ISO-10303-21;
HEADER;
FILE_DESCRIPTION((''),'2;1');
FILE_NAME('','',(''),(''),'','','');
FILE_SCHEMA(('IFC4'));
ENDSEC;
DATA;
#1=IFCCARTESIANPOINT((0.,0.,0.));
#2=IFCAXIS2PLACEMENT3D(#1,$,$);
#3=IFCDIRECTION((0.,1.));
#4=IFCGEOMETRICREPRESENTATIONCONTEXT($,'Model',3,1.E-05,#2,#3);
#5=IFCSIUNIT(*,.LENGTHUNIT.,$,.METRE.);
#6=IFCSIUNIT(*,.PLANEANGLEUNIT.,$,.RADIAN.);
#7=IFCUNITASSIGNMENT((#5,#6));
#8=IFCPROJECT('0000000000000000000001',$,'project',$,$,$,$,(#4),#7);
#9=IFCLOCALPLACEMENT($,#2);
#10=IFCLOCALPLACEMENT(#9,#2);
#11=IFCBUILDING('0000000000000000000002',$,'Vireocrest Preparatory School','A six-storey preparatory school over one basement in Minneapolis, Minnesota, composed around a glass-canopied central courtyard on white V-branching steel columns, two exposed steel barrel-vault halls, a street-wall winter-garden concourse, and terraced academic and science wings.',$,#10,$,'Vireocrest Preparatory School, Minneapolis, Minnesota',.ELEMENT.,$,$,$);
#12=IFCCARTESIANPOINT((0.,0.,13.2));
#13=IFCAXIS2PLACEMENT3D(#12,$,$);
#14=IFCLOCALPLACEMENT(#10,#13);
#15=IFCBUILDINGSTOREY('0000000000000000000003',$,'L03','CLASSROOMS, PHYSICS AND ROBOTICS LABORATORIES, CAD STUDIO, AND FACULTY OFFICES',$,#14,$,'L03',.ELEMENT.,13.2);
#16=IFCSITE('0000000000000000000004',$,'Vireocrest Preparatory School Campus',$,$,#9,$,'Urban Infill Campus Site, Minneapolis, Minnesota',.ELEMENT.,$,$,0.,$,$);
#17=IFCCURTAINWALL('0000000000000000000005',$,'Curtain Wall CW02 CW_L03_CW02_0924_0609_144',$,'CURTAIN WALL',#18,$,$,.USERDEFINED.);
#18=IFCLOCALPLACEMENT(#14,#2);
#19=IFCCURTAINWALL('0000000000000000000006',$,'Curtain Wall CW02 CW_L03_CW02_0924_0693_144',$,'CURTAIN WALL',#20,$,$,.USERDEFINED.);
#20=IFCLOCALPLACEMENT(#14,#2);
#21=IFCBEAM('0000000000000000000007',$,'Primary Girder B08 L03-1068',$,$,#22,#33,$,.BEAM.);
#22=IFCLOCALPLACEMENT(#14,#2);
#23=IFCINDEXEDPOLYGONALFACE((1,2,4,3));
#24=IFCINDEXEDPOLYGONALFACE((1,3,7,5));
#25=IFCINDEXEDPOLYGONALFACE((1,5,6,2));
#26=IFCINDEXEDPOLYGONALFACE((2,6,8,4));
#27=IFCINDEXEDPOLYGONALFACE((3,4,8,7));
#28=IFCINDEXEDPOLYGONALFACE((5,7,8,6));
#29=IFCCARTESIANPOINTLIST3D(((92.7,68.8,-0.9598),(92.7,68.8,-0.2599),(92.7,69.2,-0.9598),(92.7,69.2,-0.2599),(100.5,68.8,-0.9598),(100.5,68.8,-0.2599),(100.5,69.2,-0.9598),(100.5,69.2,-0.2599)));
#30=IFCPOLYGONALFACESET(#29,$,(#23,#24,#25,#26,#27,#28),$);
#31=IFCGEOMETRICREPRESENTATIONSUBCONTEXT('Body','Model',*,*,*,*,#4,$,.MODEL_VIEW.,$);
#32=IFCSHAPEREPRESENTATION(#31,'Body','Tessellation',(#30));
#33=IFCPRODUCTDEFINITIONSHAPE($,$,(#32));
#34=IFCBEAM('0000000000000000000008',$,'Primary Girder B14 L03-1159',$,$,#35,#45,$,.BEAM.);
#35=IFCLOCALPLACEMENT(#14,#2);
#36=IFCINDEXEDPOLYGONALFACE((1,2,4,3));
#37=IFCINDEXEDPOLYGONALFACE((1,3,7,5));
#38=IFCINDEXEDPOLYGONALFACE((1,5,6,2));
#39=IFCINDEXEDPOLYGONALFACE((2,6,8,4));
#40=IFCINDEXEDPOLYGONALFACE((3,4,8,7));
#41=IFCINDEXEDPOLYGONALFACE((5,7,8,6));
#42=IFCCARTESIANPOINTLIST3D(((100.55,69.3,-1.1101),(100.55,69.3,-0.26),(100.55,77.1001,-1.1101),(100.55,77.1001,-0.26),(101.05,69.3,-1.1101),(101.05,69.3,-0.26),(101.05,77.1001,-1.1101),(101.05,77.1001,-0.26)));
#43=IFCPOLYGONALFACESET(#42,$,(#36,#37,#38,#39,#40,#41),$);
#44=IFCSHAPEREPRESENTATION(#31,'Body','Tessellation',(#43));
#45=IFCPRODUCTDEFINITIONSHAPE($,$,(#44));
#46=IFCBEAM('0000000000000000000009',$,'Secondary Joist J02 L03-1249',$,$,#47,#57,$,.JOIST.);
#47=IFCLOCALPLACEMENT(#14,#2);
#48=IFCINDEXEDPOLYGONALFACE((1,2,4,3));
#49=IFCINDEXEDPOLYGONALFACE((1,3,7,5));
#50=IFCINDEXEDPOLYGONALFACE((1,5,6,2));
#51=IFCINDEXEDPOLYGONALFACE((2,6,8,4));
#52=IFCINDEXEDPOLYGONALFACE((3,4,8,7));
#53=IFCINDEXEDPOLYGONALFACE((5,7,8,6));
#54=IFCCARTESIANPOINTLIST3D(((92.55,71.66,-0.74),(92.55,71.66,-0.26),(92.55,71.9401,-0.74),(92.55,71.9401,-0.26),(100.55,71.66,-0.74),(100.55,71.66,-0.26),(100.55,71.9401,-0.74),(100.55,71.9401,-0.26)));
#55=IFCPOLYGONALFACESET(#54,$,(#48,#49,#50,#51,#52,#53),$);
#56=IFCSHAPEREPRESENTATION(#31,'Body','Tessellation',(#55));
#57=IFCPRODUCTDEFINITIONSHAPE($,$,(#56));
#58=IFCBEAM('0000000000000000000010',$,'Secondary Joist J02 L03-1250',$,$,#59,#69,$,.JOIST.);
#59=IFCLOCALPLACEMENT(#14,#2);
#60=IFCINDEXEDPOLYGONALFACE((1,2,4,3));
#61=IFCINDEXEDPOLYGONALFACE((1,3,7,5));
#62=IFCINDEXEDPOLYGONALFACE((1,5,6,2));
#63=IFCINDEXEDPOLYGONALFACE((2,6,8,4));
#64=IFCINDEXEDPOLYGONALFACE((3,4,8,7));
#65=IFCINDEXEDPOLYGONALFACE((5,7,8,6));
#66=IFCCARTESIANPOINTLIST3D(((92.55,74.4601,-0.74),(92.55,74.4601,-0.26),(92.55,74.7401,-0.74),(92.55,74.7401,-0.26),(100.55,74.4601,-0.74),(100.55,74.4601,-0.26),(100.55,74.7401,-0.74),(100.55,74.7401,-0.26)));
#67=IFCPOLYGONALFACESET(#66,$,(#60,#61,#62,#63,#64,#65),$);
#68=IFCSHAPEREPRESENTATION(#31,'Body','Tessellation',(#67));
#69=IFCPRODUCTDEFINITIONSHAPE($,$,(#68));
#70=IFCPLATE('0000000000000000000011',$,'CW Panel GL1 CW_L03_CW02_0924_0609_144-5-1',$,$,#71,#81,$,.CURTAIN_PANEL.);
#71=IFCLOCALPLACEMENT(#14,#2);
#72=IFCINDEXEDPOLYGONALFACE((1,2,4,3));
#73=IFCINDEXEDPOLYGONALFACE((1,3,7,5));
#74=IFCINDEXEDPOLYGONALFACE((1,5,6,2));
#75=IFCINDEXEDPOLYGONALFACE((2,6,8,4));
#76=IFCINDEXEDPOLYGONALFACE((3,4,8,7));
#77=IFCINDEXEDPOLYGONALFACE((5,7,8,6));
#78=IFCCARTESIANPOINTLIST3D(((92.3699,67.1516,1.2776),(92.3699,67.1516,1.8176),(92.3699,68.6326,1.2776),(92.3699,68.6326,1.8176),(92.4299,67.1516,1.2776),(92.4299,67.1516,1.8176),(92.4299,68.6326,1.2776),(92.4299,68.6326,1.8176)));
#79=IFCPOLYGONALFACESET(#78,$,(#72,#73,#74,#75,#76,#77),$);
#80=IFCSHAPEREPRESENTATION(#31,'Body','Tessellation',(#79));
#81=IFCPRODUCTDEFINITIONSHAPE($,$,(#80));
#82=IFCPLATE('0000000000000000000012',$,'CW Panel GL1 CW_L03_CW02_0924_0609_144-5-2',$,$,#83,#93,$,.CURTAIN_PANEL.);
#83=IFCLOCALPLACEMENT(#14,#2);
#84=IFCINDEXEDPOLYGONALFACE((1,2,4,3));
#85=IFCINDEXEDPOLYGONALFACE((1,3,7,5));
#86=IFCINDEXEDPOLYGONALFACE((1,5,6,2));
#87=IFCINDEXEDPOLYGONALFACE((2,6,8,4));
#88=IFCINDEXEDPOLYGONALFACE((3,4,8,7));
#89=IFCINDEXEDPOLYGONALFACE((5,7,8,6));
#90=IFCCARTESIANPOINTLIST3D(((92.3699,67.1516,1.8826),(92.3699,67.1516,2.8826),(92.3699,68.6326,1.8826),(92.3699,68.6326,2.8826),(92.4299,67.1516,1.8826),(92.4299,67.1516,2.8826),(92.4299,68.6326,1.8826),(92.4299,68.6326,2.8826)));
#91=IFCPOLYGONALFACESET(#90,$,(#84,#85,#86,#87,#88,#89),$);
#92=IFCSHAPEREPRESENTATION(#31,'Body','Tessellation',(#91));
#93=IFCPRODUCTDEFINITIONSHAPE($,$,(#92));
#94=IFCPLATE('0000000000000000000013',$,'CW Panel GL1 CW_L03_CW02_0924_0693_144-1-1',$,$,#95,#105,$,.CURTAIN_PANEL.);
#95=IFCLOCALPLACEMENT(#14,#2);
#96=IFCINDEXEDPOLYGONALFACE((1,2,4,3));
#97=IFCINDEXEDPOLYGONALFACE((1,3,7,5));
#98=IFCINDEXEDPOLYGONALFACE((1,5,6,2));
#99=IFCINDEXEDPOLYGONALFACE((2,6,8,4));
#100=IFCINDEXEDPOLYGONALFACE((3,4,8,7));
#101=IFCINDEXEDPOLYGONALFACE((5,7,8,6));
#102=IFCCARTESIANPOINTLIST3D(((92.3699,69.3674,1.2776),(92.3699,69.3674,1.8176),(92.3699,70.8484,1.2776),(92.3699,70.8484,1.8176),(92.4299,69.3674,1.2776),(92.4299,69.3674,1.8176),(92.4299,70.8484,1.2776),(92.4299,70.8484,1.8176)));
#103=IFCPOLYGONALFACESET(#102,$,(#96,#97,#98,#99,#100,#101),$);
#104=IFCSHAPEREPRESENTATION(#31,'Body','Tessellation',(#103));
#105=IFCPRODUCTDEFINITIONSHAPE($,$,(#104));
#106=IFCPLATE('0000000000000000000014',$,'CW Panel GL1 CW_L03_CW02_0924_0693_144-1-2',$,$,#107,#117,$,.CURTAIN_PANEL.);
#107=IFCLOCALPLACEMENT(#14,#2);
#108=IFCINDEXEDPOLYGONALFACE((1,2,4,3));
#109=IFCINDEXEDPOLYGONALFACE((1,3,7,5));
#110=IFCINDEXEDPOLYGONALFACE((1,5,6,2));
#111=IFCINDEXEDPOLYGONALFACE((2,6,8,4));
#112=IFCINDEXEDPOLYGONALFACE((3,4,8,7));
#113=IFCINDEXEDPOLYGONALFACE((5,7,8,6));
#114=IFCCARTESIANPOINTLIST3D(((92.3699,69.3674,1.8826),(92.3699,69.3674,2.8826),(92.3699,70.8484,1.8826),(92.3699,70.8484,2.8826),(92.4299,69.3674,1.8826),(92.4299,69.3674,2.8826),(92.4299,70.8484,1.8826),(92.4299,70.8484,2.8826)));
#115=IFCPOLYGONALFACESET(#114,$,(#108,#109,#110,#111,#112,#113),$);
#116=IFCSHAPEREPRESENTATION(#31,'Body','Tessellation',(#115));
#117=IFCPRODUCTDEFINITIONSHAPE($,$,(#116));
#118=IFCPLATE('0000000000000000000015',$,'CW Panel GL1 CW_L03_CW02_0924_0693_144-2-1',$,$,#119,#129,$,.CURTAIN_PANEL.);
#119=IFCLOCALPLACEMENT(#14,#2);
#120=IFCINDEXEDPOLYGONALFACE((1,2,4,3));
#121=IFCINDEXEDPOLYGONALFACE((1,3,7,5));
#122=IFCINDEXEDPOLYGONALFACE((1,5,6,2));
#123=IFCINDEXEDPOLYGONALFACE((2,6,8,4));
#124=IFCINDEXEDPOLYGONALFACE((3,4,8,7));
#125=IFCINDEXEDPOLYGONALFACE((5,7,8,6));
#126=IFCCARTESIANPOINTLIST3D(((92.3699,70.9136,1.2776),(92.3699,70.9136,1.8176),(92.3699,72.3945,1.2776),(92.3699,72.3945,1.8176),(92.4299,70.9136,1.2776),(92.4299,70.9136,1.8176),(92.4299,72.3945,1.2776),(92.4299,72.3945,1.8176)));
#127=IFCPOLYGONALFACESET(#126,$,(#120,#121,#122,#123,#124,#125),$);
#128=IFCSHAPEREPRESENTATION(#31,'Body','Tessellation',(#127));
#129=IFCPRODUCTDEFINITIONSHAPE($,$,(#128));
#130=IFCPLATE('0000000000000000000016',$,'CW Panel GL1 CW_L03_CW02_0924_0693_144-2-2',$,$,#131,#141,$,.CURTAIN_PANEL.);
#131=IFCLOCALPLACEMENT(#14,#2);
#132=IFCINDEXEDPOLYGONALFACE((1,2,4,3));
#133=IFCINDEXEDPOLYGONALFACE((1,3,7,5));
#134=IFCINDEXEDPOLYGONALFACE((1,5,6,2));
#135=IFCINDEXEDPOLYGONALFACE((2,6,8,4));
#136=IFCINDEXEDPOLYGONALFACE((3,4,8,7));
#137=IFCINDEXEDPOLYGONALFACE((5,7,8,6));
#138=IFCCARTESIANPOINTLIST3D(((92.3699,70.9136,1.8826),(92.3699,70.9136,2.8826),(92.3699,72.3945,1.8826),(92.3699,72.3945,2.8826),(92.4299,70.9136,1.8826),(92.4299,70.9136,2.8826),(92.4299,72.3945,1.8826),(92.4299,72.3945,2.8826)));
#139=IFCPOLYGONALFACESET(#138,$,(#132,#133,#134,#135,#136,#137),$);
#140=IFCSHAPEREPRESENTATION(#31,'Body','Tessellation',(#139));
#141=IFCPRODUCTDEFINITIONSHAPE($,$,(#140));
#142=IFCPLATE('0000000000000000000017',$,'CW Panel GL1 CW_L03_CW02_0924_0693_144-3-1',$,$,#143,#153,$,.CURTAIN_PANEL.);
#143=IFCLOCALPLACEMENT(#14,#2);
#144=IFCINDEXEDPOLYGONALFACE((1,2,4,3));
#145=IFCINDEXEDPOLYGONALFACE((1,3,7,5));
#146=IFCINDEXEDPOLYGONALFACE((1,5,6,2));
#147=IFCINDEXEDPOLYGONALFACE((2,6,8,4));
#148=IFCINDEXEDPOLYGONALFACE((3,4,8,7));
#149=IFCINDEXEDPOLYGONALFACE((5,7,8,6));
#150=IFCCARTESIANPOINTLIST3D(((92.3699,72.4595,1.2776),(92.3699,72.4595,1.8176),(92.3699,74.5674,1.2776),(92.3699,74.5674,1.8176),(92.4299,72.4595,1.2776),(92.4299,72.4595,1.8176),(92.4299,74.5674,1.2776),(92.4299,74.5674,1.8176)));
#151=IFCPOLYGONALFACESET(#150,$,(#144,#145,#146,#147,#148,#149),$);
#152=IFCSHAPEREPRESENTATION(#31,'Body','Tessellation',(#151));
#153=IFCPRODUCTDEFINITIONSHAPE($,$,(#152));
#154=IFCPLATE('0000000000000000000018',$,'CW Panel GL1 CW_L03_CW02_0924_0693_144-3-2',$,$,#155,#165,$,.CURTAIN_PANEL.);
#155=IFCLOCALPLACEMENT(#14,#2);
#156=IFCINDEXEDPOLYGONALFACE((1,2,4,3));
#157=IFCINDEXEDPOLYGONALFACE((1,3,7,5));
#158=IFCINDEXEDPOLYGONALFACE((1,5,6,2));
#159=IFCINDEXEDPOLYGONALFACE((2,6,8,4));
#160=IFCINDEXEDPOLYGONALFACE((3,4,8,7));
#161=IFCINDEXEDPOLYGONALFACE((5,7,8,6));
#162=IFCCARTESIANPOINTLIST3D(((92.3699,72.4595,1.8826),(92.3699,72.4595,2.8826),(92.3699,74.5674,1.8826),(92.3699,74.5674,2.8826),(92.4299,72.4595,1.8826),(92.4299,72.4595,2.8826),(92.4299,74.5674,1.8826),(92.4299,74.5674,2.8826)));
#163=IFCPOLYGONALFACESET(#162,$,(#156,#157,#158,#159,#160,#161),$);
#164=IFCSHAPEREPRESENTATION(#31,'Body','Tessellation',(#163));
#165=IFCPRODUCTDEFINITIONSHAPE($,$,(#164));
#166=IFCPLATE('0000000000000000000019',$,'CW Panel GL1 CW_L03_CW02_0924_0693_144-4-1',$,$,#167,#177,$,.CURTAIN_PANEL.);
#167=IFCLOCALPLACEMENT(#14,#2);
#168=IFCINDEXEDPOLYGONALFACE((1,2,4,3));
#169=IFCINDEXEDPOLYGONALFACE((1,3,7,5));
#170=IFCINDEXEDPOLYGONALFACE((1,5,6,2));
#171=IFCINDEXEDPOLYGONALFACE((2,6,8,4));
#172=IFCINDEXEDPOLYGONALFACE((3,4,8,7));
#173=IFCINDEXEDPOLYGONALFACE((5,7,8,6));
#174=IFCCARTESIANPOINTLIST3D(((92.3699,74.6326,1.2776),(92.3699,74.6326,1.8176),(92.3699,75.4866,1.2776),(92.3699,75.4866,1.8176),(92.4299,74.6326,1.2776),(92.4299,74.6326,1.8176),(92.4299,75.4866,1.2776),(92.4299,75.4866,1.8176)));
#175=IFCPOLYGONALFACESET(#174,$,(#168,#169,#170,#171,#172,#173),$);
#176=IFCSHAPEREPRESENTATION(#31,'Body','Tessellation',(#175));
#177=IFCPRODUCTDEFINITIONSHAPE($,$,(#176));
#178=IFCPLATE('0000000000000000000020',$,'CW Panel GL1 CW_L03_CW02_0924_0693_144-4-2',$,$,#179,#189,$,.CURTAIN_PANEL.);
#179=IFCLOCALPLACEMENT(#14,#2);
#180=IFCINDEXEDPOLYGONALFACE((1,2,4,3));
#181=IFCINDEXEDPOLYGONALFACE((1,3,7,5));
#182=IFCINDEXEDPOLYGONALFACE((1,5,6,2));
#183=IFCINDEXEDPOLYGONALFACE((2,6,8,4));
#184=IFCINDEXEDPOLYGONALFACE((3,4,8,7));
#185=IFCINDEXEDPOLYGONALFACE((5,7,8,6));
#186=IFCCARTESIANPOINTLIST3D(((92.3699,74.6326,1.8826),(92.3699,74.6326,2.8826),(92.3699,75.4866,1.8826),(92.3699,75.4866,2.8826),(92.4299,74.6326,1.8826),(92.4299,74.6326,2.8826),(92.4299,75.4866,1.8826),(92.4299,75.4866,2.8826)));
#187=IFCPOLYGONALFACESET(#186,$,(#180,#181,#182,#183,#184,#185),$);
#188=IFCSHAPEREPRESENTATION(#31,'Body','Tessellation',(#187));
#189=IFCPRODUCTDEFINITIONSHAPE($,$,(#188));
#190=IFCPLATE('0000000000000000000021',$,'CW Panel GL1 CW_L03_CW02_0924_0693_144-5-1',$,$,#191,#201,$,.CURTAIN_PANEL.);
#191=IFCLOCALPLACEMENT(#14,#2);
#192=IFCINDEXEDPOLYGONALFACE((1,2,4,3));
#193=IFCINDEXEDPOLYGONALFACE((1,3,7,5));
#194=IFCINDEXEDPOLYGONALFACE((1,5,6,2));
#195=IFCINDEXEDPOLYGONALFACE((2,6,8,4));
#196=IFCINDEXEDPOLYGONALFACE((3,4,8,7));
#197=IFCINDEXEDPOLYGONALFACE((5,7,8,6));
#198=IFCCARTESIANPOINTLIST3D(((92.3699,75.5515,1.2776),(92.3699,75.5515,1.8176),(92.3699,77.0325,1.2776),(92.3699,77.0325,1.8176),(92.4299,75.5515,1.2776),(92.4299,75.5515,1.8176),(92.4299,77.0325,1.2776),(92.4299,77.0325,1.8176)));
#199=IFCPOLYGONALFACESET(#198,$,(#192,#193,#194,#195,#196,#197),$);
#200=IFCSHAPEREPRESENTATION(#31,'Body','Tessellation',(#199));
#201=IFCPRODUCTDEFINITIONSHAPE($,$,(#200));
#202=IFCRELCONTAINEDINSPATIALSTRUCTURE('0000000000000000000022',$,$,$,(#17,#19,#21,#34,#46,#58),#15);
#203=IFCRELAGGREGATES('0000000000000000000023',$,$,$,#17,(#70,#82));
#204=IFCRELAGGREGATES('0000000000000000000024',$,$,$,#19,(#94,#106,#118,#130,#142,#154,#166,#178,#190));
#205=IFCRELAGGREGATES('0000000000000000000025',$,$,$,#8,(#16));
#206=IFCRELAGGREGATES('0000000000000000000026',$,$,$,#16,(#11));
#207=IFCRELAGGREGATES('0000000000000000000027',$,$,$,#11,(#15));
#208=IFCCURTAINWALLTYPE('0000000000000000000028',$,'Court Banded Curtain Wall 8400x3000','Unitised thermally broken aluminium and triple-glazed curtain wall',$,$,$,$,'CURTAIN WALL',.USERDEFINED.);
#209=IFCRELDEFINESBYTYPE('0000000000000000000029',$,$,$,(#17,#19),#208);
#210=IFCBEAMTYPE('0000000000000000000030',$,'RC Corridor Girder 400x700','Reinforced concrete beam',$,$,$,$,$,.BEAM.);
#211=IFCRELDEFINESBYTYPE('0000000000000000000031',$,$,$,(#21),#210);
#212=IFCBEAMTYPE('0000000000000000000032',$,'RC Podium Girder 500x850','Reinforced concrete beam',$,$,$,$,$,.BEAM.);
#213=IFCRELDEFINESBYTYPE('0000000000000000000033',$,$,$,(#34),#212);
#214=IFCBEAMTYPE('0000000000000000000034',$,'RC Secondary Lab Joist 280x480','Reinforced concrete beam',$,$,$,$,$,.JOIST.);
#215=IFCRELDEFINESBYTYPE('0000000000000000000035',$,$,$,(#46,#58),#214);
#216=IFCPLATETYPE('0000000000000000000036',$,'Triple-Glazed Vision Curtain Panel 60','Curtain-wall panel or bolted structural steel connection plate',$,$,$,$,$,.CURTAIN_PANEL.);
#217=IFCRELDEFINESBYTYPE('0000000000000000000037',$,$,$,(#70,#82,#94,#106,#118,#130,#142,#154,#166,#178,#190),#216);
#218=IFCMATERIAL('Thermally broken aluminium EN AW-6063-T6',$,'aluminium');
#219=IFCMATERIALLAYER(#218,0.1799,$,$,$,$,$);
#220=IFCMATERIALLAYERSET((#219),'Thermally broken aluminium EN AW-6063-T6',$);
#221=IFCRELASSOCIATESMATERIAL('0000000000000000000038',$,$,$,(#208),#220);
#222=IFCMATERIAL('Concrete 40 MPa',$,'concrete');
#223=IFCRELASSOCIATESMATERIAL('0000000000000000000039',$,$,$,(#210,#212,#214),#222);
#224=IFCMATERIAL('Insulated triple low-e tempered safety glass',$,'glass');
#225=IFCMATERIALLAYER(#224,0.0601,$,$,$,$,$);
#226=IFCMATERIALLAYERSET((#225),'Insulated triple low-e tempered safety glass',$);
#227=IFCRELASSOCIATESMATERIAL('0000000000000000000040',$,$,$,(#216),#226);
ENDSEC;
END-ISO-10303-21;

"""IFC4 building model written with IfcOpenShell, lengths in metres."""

from ifc_helpers import new_model, si_unit, direction, frame, origin, origin_2d, place, context, subcontext, project, spatial, rectangle, extrude, material, layer, layer_set, material_profile, profile_set, type_object, element, aggregate, save


model = new_model("IFC4")

# Units and contexts
model_context = context("Model", 3, precision=1e-05, world=origin(), true_north=direction((0.0, 1.0)))
body_context = subcontext(model_context, "Body", "Model", "MODEL_VIEW")
ifc_project = project(units=[si_unit("LENGTHUNIT", "METRE"), si_unit("PLANEANGLEUNIT", "RADIAN")], contexts=[model_context])

# Site, building, storey
site_placement = place(None, origin())
site = spatial("IfcSite", under=ifc_project, at=site_placement, Name="Vireocrest Preparatory School Campus", LongName="Urban Infill Campus Site, Minneapolis, Minnesota", CompositionType="ELEMENT", RefElevation=0.0)
building_placement = place(site_placement, origin())
building = spatial("IfcBuilding", under=site, at=building_placement, Name="Vireocrest Preparatory School", Description="A six-storey preparatory school over one basement in Minneapolis, Minnesota, composed around a glass-canopied central courtyard on white V-branching steel columns, two exposed steel barrel-vault halls, a street-wall winter-garden concourse, and terraced academic and science wings.", LongName="Vireocrest Preparatory School, Minneapolis, Minnesota", CompositionType="ELEMENT")
storey_placement = place(building_placement, frame((0.0, 0.0, 13.2)))
storey = spatial("IfcBuildingStorey", under=building, at=storey_placement, Name="L03", Description="CLASSROOMS, PHYSICS AND ROBOTICS LABORATORIES, CAD STUDIO, AND FACULTY OFFICES", LongName="L03", CompositionType="ELEMENT", Elevation=13.2)

# Curtain walls
ifc_material_1 = material(Name="Thermally broken aluminium EN AW-6063-T6", Category="aluminium")
ifc_layer_1 = layer(ifc_material_1, 0.1799)
ifc_layer_set_1 = layer_set([ifc_layer_1], Name="Thermally broken aluminium EN AW-6063-T6")
curtain_wall_type = type_object("IfcCurtainWallType", Name="Court Banded Curtain Wall 8400x3000", Description="Unitised thermally broken aluminium and triple-glazed curtain wall", ElementType="CURTAIN WALL", PredefinedType="USERDEFINED", material=ifc_layer_set_1)
curtain_wall_1_placement = place(storey_placement, origin())
curtain_wall_1 = element("IfcCurtainWall", 1, at=curtain_wall_1_placement, inside=storey, type_object=curtain_wall_type, Name="Curtain Wall CW02 CW_L03_CW02_0924_0609_144", ObjectType="CURTAIN WALL", PredefinedType="USERDEFINED")
curtain_wall_2_placement = place(storey_placement, origin())
curtain_wall_2 = element("IfcCurtainWall", 2, at=curtain_wall_2_placement, inside=storey, type_object=curtain_wall_type, Name="Curtain Wall CW02 CW_L03_CW02_0924_0693_144", ObjectType="CURTAIN WALL", PredefinedType="USERDEFINED")

# Beams
ifc_material_2 = material(Name="Concrete 40 MPa", Category="concrete")
ifc_material_profile_1 = material_profile(ifc_material_2, rectangle(XDim=0.3999, YDim=0.7, at=origin_2d()), Name="RC 400x700")
ifc_profile_set_1 = profile_set([ifc_material_profile_1], Name="Concrete 40 MPa")
beam_type_1 = type_object("IfcBeamType", Name="RC Corridor Girder 400x700", Description="Reinforced concrete beam", PredefinedType="BEAM", material=ifc_profile_set_1)
beam_1_placement = place(storey_placement, frame((92.7, 69.0, -0.6099), z_axis=(1.0, 0.0, 0.0), x_axis=(0.0, 1.0, 0.0)))
element("IfcBeam", 3, at=beam_1_placement, inside=storey, type_object=beam_type_1, Name="Primary Girder B08 L03-1068", PredefinedType="BEAM", context=body_context, shape_type="SweptSolid", body=[
    extrude(rectangle(XDim=0.3999, YDim=0.7, at=origin_2d()), origin(), (0.0, 0.0, 1.0), 7.8),
])
ifc_material_profile_2 = material_profile(ifc_material_2, rectangle(XDim=0.5, YDim=0.8501, at=origin_2d()), Name="RC 500x850")
ifc_profile_set_2 = profile_set([ifc_material_profile_2], Name="Concrete 40 MPa")
beam_type_2 = type_object("IfcBeamType", Name="RC Podium Girder 500x850", Description="Reinforced concrete beam", PredefinedType="BEAM", material=ifc_profile_set_2)
beam_2_placement = place(storey_placement, frame((100.8, 69.3, -0.6851), z_axis=(0.0, 1.0, 0.0), x_axis=(-1.0, 0.0, 0.0)))
element("IfcBeam", 4, at=beam_2_placement, inside=storey, type_object=beam_type_2, Name="Primary Girder B14 L03-1159", PredefinedType="BEAM", context=body_context, shape_type="SweptSolid", body=[
    extrude(rectangle(XDim=0.5, YDim=0.8501, at=origin_2d()), origin(), (0.0, 0.0, 1.0), 7.8),
])
ifc_material_profile_3 = material_profile(ifc_material_2, rectangle(XDim=0.28, YDim=0.48, at=origin_2d()), Name="RC 280x480")
ifc_profile_set_3 = profile_set([ifc_material_profile_3], Name="Concrete 40 MPa")
beam_type_3 = type_object("IfcBeamType", Name="RC Secondary Lab Joist 280x480", Description="Reinforced concrete beam", PredefinedType="JOIST", material=ifc_profile_set_3)
for number, where, z_axis, x_axis, name in (
    (5, (92.55, 71.8, -0.5), (1.0, 0.0, 0.0), (0.0, 1.0, 0.0), "Secondary Joist J02 L03-1249"),
    (6, (92.55, 74.6001, -0.5), (1.0, 0.0, 0.0), (0.0, 1.0, 0.0), "Secondary Joist J02 L03-1250"),
):
    element("IfcBeam", number, at=place(storey_placement, frame(where, z_axis=z_axis, x_axis=x_axis)), inside=storey, type_object=beam_type_3, Name=name, PredefinedType="JOIST", context=body_context, shape_type="SweptSolid", body=[
        extrude(rectangle(XDim=0.28, YDim=0.48, at=origin_2d()), origin(), (0.0, 0.0, 1.0), 8.0),
    ])

# Plates
ifc_material_3 = material(Name="Insulated triple low-e tempered safety glass", Category="glass")
ifc_layer_2 = layer(ifc_material_3, 0.0601)
ifc_layer_set_2 = layer_set([ifc_layer_2], Name="Insulated triple low-e tempered safety glass")
plate_type = type_object("IfcPlateType", Name="Triple-Glazed Vision Curtain Panel 60", Description="Curtain-wall panel or bolted structural steel connection plate", PredefinedType="CURTAIN_PANEL", material=ifc_layer_set_2)
plate_1_placement = place(storey_placement, frame((92.3999, 67.8921, 1.2776), z_axis=(0.0, 0.0, 1.0), x_axis=(0.0, 1.0, 0.0)))
plate_1 = element("IfcPlate", 7, at=plate_1_placement, type_object=plate_type, Name="CW Panel GL1 CW_L03_CW02_0924_0609_144-5-1", PredefinedType="CURTAIN_PANEL", context=body_context, shape_type="SweptSolid", body=[
    extrude(rectangle(XDim=1.481, YDim=0.0601, at=origin_2d()), origin(), (0.0, 0.0, 1.0), 0.54),
])
plate_2_placement = place(storey_placement, frame((92.3999, 67.8921, 1.8826), z_axis=(0.0, 0.0, 1.0), x_axis=(0.0, 1.0, 0.0)))
plate_2 = element("IfcPlate", 8, at=plate_2_placement, type_object=plate_type, Name="CW Panel GL1 CW_L03_CW02_0924_0609_144-5-2", PredefinedType="CURTAIN_PANEL", context=body_context, shape_type="SweptSolid", body=[
    extrude(rectangle(XDim=1.481, YDim=0.0601, at=origin_2d()), origin(), (0.0, 0.0, 1.0), 1.0),
])
aggregate(curtain_wall_1, [plate_1, plate_2])
plate_3_placement = place(storey_placement, frame((92.3999, 70.1079, 1.2776), z_axis=(0.0, 0.0, 1.0), x_axis=(0.0, 1.0, 0.0)))
plate_3 = element("IfcPlate", 9, at=plate_3_placement, type_object=plate_type, Name="CW Panel GL1 CW_L03_CW02_0924_0693_144-1-1", PredefinedType="CURTAIN_PANEL", context=body_context, shape_type="SweptSolid", body=[
    extrude(rectangle(XDim=1.481, YDim=0.0601, at=origin_2d()), origin(), (0.0, 0.0, 1.0), 0.54),
])
plate_4_placement = place(storey_placement, frame((92.3999, 70.1079, 1.8826), z_axis=(0.0, 0.0, 1.0), x_axis=(0.0, 1.0, 0.0)))
plate_4 = element("IfcPlate", 10, at=plate_4_placement, type_object=plate_type, Name="CW Panel GL1 CW_L03_CW02_0924_0693_144-1-2", PredefinedType="CURTAIN_PANEL", context=body_context, shape_type="SweptSolid", body=[
    extrude(rectangle(XDim=1.481, YDim=0.0601, at=origin_2d()), origin(), (0.0, 0.0, 1.0), 1.0),
])
plate_5_placement = place(storey_placement, frame((92.3999, 71.6541, 1.2776), z_axis=(0.0, 0.0, 1.0), x_axis=(0.0, 1.0, 0.0)))
plate_5 = element("IfcPlate", 11, at=plate_5_placement, type_object=plate_type, Name="CW Panel GL1 CW_L03_CW02_0924_0693_144-2-1", PredefinedType="CURTAIN_PANEL", context=body_context, shape_type="SweptSolid", body=[
    extrude(rectangle(XDim=1.481, YDim=0.0601, at=origin_2d()), origin(), (0.0, 0.0, 1.0), 0.54),
])
plate_6_placement = place(storey_placement, frame((92.3999, 71.6541, 1.8826), z_axis=(0.0, 0.0, 1.0), x_axis=(0.0, 1.0, 0.0)))
plate_6 = element("IfcPlate", 12, at=plate_6_placement, type_object=plate_type, Name="CW Panel GL1 CW_L03_CW02_0924_0693_144-2-2", PredefinedType="CURTAIN_PANEL", context=body_context, shape_type="SweptSolid", body=[
    extrude(rectangle(XDim=1.481, YDim=0.0601, at=origin_2d()), origin(), (0.0, 0.0, 1.0), 1.0),
])
plate_7_placement = place(storey_placement, frame((92.3999, 73.5134, 1.2776), z_axis=(0.0, 0.0, 1.0), x_axis=(0.0, 1.0, 0.0)))
plate_7 = element("IfcPlate", 13, at=plate_7_placement, type_object=plate_type, Name="CW Panel GL1 CW_L03_CW02_0924_0693_144-3-1", PredefinedType="CURTAIN_PANEL", context=body_context, shape_type="SweptSolid", body=[
    extrude(rectangle(XDim=2.1079, YDim=0.0601, at=origin_2d()), origin(), (0.0, 0.0, 1.0), 0.54),
])
plate_8_placement = place(storey_placement, frame((92.3999, 73.5134, 1.8826), z_axis=(0.0, 0.0, 1.0), x_axis=(0.0, 1.0, 0.0)))
plate_8 = element("IfcPlate", 14, at=plate_8_placement, type_object=plate_type, Name="CW Panel GL1 CW_L03_CW02_0924_0693_144-3-2", PredefinedType="CURTAIN_PANEL", context=body_context, shape_type="SweptSolid", body=[
    extrude(rectangle(XDim=2.1079, YDim=0.0601, at=origin_2d()), origin(), (0.0, 0.0, 1.0), 1.0),
])
plate_9_placement = place(storey_placement, frame((92.3999, 75.0596, 1.2776), z_axis=(0.0, 0.0, 1.0), x_axis=(0.0, 1.0, 0.0)))
plate_9 = element("IfcPlate", 15, at=plate_9_placement, type_object=plate_type, Name="CW Panel GL1 CW_L03_CW02_0924_0693_144-4-1", PredefinedType="CURTAIN_PANEL", context=body_context, shape_type="SweptSolid", body=[
    extrude(rectangle(XDim=0.854, YDim=0.0601, at=origin_2d()), origin(), (0.0, 0.0, 1.0), 0.54),
])
plate_10_placement = place(storey_placement, frame((92.3999, 75.0596, 1.8826), z_axis=(0.0, 0.0, 1.0), x_axis=(0.0, 1.0, 0.0)))
plate_10 = element("IfcPlate", 16, at=plate_10_placement, type_object=plate_type, Name="CW Panel GL1 CW_L03_CW02_0924_0693_144-4-2", PredefinedType="CURTAIN_PANEL", context=body_context, shape_type="SweptSolid", body=[
    extrude(rectangle(XDim=0.854, YDim=0.0601, at=origin_2d()), origin(), (0.0, 0.0, 1.0), 1.0),
])
plate_11_placement = place(storey_placement, frame((92.3999, 76.292, 1.2776), z_axis=(0.0, 0.0, 1.0), x_axis=(0.0, 1.0, 0.0)))
plate_11 = element("IfcPlate", 17, at=plate_11_placement, type_object=plate_type, Name="CW Panel GL1 CW_L03_CW02_0924_0693_144-5-1", PredefinedType="CURTAIN_PANEL", context=body_context, shape_type="SweptSolid", body=[
    extrude(rectangle(XDim=1.481, YDim=0.0601, at=origin_2d()), origin(), (0.0, 0.0, 1.0), 0.54),
])
aggregate(curtain_wall_2, [plate_3, plate_4, plate_5, plate_6, plate_7, plate_8, plate_9, plate_10, plate_11])

save(model, "model.ifc")
